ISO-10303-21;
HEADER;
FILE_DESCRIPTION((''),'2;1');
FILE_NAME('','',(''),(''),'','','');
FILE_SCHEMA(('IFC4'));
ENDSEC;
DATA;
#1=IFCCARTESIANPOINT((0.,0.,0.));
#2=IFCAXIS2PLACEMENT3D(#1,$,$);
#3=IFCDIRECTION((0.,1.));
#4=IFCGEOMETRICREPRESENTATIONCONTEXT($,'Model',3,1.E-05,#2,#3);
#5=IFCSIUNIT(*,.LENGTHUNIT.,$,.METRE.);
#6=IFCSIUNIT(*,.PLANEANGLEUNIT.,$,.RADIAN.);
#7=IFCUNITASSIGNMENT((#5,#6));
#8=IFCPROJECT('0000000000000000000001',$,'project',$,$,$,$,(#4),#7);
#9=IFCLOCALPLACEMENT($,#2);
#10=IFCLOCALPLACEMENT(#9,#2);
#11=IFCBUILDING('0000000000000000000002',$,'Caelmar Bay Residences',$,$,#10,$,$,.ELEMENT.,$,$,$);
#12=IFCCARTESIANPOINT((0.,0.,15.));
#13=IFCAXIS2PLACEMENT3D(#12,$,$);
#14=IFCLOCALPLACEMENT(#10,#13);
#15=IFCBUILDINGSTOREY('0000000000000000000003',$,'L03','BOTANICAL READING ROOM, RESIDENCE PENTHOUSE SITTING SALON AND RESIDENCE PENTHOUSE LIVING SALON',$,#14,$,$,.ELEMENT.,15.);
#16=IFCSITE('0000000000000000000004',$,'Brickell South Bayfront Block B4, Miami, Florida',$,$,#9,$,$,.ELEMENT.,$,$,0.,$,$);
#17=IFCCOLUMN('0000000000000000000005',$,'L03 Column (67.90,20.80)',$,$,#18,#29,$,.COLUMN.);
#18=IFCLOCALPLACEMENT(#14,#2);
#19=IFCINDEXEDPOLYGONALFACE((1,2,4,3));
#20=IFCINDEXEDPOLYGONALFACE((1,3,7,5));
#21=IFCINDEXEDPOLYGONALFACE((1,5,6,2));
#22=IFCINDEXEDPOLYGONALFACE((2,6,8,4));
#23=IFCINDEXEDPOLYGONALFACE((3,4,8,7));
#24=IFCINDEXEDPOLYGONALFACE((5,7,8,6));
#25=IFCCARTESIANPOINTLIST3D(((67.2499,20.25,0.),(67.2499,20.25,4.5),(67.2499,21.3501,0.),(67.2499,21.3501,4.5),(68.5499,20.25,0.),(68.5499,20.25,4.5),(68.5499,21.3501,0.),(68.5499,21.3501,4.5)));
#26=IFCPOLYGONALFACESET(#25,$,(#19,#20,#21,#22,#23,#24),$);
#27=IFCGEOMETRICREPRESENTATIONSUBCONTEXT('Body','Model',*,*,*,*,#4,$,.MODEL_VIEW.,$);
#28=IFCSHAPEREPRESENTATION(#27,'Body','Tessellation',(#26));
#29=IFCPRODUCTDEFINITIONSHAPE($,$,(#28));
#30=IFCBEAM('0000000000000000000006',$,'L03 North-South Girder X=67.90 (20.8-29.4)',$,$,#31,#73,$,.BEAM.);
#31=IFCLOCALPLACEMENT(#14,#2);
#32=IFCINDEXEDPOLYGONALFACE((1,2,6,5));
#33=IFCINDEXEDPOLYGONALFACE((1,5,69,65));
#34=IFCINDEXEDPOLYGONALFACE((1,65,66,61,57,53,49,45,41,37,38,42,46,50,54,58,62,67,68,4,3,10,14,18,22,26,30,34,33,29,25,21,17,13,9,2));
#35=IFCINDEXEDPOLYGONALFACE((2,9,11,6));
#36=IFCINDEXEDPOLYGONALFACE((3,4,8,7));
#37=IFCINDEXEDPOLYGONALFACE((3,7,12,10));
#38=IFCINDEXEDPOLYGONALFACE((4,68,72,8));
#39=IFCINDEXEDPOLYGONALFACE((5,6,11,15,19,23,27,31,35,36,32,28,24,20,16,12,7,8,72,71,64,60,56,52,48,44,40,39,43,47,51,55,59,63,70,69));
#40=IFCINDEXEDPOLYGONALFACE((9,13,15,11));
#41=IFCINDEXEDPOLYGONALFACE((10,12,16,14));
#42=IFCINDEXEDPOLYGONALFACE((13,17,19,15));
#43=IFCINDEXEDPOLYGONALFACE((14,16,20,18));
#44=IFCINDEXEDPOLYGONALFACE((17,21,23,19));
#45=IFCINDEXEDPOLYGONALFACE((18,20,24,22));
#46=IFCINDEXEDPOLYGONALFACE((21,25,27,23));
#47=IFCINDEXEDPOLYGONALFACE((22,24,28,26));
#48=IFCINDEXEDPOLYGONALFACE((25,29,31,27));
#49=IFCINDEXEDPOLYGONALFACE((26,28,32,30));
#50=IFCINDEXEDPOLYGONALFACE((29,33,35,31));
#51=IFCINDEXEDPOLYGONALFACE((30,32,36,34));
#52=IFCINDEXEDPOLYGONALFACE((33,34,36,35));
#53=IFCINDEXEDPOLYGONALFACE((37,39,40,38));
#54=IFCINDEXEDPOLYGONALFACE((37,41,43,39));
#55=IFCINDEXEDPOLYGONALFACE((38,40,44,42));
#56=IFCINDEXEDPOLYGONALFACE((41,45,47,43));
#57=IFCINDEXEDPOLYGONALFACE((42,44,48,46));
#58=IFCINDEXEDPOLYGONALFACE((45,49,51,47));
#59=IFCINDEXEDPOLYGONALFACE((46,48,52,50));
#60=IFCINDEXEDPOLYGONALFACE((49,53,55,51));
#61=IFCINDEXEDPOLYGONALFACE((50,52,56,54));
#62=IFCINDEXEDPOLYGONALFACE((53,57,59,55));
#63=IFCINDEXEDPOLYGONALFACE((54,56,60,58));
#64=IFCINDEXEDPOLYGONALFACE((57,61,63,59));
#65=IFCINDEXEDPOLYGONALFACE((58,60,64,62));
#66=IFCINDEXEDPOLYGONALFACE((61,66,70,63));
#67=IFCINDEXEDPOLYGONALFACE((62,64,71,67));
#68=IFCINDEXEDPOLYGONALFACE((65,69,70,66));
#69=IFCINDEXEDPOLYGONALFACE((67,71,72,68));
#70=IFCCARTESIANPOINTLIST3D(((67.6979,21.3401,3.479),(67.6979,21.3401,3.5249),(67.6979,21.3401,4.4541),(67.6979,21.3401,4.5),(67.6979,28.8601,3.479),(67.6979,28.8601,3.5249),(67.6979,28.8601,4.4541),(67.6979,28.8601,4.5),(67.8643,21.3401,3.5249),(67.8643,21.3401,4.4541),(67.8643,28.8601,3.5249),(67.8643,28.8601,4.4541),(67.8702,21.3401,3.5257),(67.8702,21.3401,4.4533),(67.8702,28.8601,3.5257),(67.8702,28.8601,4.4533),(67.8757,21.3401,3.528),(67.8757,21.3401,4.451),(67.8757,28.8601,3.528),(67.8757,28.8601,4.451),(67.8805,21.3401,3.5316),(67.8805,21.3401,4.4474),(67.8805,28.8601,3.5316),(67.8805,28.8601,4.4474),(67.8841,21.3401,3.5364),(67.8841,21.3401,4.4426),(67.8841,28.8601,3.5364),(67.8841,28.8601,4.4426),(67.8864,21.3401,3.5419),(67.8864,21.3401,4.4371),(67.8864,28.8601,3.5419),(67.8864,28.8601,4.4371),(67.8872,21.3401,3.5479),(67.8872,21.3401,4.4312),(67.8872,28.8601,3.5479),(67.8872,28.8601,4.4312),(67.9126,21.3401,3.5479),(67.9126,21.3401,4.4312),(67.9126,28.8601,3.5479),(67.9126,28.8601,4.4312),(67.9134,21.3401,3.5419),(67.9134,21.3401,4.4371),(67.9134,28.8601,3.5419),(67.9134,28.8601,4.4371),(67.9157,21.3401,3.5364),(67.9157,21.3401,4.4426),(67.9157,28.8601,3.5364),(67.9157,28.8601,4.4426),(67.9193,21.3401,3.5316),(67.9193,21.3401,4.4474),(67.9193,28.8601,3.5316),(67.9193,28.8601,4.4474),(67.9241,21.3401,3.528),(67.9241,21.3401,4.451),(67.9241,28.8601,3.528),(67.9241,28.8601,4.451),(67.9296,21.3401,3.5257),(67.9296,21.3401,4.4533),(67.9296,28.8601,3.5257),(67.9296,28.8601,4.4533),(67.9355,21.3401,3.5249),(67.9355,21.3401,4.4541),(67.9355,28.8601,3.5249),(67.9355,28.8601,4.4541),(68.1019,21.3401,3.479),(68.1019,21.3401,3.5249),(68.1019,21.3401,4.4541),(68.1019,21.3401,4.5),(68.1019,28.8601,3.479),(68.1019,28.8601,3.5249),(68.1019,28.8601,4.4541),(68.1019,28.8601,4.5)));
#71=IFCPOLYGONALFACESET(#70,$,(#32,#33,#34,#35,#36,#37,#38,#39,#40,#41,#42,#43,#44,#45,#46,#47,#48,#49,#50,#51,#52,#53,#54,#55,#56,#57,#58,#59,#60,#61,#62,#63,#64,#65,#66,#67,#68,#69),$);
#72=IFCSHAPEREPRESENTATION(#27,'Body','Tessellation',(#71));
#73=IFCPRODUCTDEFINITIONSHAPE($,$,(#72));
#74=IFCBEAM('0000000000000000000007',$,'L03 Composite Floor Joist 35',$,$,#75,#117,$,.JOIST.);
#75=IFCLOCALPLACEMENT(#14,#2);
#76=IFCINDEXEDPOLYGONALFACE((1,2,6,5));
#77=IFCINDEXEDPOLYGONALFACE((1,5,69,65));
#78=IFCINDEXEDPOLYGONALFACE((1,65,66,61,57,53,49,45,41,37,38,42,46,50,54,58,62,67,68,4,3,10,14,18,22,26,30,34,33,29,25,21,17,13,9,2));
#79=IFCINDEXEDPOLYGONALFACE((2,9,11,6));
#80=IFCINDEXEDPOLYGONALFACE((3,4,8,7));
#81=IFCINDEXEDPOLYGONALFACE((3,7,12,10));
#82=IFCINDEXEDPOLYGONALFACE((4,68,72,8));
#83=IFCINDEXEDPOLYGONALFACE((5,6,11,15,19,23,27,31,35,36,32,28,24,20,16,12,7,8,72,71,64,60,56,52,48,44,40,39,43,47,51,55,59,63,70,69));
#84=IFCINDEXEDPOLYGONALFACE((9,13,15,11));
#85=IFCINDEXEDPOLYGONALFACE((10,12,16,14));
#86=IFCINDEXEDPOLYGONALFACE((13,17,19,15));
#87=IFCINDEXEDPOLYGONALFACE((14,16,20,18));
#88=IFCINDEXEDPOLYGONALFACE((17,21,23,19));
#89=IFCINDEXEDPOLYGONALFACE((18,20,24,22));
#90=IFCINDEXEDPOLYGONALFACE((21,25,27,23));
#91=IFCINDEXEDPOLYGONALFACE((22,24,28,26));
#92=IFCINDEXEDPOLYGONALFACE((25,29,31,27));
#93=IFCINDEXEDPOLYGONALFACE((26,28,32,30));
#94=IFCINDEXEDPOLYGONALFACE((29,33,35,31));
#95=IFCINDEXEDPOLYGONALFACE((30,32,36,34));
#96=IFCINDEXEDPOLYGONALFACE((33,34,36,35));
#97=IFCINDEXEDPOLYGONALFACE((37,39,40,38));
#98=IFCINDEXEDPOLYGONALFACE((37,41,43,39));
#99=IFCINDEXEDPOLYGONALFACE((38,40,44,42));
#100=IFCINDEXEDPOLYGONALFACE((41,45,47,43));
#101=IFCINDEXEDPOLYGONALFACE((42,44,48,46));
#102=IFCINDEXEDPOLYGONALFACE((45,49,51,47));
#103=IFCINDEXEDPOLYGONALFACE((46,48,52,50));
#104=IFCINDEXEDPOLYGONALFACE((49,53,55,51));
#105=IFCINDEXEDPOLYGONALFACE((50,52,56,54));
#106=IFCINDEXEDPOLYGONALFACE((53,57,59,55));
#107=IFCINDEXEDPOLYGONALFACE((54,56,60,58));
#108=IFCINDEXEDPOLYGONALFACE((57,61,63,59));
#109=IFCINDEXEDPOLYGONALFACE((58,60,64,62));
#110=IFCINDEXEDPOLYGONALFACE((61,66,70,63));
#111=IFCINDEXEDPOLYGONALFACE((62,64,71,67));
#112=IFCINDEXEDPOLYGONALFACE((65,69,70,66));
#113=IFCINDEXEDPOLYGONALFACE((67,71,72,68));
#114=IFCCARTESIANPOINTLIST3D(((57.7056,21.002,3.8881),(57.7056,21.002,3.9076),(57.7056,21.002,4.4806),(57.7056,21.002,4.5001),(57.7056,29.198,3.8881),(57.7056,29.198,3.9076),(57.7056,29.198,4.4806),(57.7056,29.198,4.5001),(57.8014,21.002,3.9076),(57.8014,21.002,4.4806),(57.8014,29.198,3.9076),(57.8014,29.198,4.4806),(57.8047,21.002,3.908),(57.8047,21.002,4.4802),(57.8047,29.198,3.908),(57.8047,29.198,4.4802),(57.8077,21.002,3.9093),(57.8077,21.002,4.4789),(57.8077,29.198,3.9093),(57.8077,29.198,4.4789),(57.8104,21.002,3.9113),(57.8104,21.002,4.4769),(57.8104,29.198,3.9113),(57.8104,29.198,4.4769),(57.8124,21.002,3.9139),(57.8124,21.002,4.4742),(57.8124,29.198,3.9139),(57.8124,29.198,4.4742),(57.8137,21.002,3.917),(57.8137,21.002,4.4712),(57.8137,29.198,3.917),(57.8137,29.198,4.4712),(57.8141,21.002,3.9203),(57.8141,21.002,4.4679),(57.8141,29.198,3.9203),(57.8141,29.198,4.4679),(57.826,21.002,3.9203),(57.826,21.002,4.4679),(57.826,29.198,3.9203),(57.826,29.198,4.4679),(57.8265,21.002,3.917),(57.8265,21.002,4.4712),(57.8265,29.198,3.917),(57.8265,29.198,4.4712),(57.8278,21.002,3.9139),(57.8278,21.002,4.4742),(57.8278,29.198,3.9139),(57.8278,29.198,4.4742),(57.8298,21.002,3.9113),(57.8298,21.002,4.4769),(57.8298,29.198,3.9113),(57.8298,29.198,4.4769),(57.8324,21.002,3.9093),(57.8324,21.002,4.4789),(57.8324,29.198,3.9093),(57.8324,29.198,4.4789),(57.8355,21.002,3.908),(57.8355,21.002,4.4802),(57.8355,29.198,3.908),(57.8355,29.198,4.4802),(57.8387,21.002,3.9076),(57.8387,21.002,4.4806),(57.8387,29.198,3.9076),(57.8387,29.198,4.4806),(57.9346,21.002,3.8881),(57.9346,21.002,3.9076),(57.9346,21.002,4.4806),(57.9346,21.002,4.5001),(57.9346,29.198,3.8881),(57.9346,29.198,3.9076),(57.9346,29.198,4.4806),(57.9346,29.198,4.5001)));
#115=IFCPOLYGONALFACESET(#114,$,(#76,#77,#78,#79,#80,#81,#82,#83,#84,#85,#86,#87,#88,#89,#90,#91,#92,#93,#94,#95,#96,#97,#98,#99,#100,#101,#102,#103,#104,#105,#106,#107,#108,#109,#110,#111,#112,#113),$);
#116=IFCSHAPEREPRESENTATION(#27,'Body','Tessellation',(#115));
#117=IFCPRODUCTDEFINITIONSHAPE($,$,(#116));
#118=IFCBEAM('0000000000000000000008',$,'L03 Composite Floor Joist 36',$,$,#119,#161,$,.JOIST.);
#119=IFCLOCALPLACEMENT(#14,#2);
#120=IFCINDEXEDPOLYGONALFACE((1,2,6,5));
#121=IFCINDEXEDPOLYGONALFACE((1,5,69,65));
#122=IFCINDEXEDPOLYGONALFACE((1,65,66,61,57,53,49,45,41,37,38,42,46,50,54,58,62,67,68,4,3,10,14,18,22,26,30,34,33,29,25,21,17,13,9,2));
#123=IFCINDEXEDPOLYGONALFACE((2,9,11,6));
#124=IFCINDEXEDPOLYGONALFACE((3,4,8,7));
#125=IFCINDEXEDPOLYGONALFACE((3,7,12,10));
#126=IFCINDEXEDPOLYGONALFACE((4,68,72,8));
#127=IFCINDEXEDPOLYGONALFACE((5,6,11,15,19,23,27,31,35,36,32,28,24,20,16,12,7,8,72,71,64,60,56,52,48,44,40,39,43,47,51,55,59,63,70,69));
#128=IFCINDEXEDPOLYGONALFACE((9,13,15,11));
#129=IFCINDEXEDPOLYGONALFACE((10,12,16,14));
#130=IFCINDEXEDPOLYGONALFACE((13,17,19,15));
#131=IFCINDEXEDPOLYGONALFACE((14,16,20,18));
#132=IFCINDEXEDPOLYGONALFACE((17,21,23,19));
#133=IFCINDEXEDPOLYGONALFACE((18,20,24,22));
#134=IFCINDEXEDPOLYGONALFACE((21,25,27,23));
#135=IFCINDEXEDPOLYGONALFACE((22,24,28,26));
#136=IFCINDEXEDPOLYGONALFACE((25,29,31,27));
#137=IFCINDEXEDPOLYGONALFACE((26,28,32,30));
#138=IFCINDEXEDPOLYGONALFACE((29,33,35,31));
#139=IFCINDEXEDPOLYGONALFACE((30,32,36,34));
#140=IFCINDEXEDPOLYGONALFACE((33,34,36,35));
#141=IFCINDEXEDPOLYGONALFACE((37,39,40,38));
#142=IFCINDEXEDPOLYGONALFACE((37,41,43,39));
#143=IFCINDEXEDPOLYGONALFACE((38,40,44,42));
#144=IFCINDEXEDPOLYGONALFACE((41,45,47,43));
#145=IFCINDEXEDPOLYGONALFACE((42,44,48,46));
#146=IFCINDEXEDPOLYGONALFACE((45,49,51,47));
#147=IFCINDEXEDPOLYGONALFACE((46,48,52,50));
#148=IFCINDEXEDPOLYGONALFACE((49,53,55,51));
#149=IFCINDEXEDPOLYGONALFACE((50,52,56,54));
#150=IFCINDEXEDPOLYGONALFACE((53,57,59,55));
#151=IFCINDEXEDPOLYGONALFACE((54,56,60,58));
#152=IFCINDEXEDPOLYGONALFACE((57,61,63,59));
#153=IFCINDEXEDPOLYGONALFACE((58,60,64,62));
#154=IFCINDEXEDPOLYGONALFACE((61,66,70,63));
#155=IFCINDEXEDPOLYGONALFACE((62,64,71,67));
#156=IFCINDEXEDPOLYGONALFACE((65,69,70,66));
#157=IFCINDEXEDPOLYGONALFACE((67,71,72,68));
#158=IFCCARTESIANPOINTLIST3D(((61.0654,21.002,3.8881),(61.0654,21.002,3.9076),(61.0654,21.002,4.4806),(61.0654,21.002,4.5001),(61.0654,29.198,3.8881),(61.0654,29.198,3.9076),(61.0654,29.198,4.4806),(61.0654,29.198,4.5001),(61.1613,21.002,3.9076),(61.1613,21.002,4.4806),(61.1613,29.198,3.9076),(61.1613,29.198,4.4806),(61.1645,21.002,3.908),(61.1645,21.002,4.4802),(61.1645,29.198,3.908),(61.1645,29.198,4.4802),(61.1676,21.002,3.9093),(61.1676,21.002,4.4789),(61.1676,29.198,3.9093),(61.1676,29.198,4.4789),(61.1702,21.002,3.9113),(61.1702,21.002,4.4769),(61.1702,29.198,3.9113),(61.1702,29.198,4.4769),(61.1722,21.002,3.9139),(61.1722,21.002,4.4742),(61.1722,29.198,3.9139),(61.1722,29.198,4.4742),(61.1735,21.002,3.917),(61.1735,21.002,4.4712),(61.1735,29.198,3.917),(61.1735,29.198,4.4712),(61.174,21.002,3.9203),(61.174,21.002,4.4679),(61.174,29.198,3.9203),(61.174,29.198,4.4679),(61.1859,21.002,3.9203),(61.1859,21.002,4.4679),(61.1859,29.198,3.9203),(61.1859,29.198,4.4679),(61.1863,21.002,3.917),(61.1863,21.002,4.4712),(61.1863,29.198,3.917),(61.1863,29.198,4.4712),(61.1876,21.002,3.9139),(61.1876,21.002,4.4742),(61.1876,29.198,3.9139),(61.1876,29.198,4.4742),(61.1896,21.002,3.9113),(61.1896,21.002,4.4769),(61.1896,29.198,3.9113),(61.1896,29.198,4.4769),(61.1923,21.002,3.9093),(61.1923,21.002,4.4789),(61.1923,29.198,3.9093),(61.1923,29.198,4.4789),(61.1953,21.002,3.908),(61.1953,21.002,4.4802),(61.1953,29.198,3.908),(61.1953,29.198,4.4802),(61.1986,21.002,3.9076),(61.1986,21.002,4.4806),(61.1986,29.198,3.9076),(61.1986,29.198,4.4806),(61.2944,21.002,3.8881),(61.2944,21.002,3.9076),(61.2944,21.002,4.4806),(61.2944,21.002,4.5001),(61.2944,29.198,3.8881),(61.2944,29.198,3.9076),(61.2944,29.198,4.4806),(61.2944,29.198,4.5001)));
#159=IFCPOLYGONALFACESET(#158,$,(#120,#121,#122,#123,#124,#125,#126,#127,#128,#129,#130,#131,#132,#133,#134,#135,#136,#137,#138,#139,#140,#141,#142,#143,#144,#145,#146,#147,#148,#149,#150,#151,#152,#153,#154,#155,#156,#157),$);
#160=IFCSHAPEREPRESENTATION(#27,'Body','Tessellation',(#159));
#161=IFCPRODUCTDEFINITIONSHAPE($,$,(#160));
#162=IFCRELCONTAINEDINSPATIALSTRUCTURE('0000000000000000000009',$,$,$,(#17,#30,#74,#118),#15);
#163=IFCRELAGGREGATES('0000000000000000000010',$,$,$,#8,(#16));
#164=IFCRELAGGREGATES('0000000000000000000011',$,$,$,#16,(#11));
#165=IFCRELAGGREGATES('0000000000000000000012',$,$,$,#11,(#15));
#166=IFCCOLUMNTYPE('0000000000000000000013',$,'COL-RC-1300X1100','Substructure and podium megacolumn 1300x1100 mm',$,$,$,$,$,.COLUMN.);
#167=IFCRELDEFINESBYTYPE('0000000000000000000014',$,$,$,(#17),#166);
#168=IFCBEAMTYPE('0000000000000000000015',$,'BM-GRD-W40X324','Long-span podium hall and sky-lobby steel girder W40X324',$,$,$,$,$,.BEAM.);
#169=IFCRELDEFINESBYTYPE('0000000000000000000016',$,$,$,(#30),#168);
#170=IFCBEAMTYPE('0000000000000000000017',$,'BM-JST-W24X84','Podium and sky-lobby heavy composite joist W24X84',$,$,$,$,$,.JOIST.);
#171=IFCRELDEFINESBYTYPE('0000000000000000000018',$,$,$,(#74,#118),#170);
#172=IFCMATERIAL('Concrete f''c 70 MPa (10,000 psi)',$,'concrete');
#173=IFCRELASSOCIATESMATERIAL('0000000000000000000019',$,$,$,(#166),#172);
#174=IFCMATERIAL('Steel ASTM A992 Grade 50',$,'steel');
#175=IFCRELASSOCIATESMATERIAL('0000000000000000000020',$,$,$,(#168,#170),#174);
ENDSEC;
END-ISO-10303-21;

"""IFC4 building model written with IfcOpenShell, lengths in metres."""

from ifc_helpers import new_model, si_unit, direction, frame, origin, origin_2d, place, context, subcontext, project, spatial, rectangle, i_section, extrude, material, material_profile, profile_set, type_object, element, save


model = new_model("IFC4")

# Units and contexts
model_context = context("Model", 3, precision=1e-05, world=origin(), true_north=direction((0.0, 1.0)))
body_context = subcontext(model_context, "Body", "Model", "MODEL_VIEW")
ifc_project = project(units=[si_unit("LENGTHUNIT", "METRE"), si_unit("PLANEANGLEUNIT", "RADIAN")], contexts=[model_context])

# Site, building, storey
site_placement = place(None, origin())
site = spatial("IfcSite", under=ifc_project, at=site_placement, Name="Brickell South Bayfront Block B4, Miami, Florida", CompositionType="ELEMENT", RefElevation=0.0)
building_placement = place(site_placement, origin())
building = spatial("IfcBuilding", under=site, at=building_placement, Name="Caelmar Bay Residences", CompositionType="ELEMENT")
storey_placement = place(building_placement, frame((0.0, 0.0, 15.0)))
storey = spatial("IfcBuildingStorey", under=building, at=storey_placement, Name="L03", Description="BOTANICAL READING ROOM, RESIDENCE PENTHOUSE SITTING SALON AND RESIDENCE PENTHOUSE LIVING SALON", CompositionType="ELEMENT", Elevation=15.0)

# Column
ifc_material_1 = material(Name="Concrete f'c 70 MPa (10,000 psi)", Category="concrete")
ifc_material_profile_1 = material_profile(ifc_material_1, rectangle(XDim=1.3, YDim=1.1001, at=origin_2d()), Name="RC-COL-1300X1100")
ifc_profile_set_1 = profile_set([ifc_material_profile_1], Name="Concrete f'c 70 MPa (10,000 psi)")
column_type = type_object("IfcColumnType", Name="COL-RC-1300X1100", Description="Substructure and podium megacolumn 1300x1100 mm", PredefinedType="COLUMN", material=ifc_profile_set_1)
column_placement = place(storey_placement, frame((67.8999, 20.8, 0.0), z_axis=(0.0, 0.0, 1.0), x_axis=(1.0, 0.0, 0.0)))
element("IfcColumn", 1, at=column_placement, inside=storey, type_object=column_type, Name="L03 Column (67.90,20.80)", PredefinedType="COLUMN", context=body_context, shape_type="SweptSolid", body=[
    extrude(rectangle(XDim=1.3, YDim=1.1001, at=origin_2d()), origin(), (0.0, 0.0, 1.0), 4.5),
])

# Beams
ifc_material_2 = material(Name="Steel ASTM A992 Grade 50", Category="steel")
ifc_material_profile_2 = material_profile(ifc_material_2, i_section(OverallWidth=0.4041, OverallDepth=1.021, WebThickness=0.0254, FlangeThickness=0.0459, FilletRadius=0.0229, at=origin_2d()), Name="W40X324")
ifc_profile_set_2 = profile_set([ifc_material_profile_2], Name="Steel ASTM A992 Grade 50")
beam_type_1 = type_object("IfcBeamType", Name="BM-GRD-W40X324", Description="Long-span podium hall and sky-lobby steel girder W40X324", PredefinedType="BEAM", material=ifc_profile_set_2)
beam_placement = place(storey_placement, frame((67.8999, 21.3401, 3.9895), z_axis=(0.0, 1.0, 0.0), x_axis=(-1.0, 0.0, 0.0)))
element("IfcBeam", 2, at=beam_placement, inside=storey, type_object=beam_type_1, Name="L03 North-South Girder X=67.90 (20.8-29.4)", PredefinedType="BEAM", context=body_context, shape_type="SweptSolid", body=[
    extrude(i_section(OverallWidth=0.4041, OverallDepth=1.021, WebThickness=0.0254, FlangeThickness=0.0459, FilletRadius=0.0229, at=origin_2d()), origin(), (0.0, 0.0, 1.0), 7.52),
])
ifc_material_profile_3 = material_profile(ifc_material_2, i_section(OverallWidth=0.229, OverallDepth=0.6121, WebThickness=0.012, FlangeThickness=0.0195, FilletRadius=0.0127, at=origin_2d()), Name="W24X84")
ifc_profile_set_3 = profile_set([ifc_material_profile_3], Name="Steel ASTM A992 Grade 50")
beam_type_2 = type_object("IfcBeamType", Name="BM-JST-W24X84", Description="Podium and sky-lobby heavy composite joist W24X84", PredefinedType="JOIST", material=ifc_profile_set_3)
for number, where, z_axis, x_axis, name in (
    (3, (57.8201, 21.002, 4.1941), (0.0, 1.0, 0.0), (-1.0, 0.0, 0.0), "L03 Composite Floor Joist 35"),
    (4, (61.1799, 21.002, 4.1941), (0.0, 1.0, 0.0), (-1.0, 0.0, 0.0), "L03 Composite Floor Joist 36"),
):
    element("IfcBeam", number, at=place(storey_placement, frame(where, z_axis=z_axis, x_axis=x_axis)), inside=storey, type_object=beam_type_2, Name=name, PredefinedType="JOIST", context=body_context, shape_type="SweptSolid", body=[
        extrude(i_section(OverallWidth=0.229, OverallDepth=0.6121, WebThickness=0.012, FlangeThickness=0.0195, FilletRadius=0.0127, at=origin_2d()), origin(), (0.0, 0.0, 1.0), 8.196),
    ])

save(model, "model.ifc")
